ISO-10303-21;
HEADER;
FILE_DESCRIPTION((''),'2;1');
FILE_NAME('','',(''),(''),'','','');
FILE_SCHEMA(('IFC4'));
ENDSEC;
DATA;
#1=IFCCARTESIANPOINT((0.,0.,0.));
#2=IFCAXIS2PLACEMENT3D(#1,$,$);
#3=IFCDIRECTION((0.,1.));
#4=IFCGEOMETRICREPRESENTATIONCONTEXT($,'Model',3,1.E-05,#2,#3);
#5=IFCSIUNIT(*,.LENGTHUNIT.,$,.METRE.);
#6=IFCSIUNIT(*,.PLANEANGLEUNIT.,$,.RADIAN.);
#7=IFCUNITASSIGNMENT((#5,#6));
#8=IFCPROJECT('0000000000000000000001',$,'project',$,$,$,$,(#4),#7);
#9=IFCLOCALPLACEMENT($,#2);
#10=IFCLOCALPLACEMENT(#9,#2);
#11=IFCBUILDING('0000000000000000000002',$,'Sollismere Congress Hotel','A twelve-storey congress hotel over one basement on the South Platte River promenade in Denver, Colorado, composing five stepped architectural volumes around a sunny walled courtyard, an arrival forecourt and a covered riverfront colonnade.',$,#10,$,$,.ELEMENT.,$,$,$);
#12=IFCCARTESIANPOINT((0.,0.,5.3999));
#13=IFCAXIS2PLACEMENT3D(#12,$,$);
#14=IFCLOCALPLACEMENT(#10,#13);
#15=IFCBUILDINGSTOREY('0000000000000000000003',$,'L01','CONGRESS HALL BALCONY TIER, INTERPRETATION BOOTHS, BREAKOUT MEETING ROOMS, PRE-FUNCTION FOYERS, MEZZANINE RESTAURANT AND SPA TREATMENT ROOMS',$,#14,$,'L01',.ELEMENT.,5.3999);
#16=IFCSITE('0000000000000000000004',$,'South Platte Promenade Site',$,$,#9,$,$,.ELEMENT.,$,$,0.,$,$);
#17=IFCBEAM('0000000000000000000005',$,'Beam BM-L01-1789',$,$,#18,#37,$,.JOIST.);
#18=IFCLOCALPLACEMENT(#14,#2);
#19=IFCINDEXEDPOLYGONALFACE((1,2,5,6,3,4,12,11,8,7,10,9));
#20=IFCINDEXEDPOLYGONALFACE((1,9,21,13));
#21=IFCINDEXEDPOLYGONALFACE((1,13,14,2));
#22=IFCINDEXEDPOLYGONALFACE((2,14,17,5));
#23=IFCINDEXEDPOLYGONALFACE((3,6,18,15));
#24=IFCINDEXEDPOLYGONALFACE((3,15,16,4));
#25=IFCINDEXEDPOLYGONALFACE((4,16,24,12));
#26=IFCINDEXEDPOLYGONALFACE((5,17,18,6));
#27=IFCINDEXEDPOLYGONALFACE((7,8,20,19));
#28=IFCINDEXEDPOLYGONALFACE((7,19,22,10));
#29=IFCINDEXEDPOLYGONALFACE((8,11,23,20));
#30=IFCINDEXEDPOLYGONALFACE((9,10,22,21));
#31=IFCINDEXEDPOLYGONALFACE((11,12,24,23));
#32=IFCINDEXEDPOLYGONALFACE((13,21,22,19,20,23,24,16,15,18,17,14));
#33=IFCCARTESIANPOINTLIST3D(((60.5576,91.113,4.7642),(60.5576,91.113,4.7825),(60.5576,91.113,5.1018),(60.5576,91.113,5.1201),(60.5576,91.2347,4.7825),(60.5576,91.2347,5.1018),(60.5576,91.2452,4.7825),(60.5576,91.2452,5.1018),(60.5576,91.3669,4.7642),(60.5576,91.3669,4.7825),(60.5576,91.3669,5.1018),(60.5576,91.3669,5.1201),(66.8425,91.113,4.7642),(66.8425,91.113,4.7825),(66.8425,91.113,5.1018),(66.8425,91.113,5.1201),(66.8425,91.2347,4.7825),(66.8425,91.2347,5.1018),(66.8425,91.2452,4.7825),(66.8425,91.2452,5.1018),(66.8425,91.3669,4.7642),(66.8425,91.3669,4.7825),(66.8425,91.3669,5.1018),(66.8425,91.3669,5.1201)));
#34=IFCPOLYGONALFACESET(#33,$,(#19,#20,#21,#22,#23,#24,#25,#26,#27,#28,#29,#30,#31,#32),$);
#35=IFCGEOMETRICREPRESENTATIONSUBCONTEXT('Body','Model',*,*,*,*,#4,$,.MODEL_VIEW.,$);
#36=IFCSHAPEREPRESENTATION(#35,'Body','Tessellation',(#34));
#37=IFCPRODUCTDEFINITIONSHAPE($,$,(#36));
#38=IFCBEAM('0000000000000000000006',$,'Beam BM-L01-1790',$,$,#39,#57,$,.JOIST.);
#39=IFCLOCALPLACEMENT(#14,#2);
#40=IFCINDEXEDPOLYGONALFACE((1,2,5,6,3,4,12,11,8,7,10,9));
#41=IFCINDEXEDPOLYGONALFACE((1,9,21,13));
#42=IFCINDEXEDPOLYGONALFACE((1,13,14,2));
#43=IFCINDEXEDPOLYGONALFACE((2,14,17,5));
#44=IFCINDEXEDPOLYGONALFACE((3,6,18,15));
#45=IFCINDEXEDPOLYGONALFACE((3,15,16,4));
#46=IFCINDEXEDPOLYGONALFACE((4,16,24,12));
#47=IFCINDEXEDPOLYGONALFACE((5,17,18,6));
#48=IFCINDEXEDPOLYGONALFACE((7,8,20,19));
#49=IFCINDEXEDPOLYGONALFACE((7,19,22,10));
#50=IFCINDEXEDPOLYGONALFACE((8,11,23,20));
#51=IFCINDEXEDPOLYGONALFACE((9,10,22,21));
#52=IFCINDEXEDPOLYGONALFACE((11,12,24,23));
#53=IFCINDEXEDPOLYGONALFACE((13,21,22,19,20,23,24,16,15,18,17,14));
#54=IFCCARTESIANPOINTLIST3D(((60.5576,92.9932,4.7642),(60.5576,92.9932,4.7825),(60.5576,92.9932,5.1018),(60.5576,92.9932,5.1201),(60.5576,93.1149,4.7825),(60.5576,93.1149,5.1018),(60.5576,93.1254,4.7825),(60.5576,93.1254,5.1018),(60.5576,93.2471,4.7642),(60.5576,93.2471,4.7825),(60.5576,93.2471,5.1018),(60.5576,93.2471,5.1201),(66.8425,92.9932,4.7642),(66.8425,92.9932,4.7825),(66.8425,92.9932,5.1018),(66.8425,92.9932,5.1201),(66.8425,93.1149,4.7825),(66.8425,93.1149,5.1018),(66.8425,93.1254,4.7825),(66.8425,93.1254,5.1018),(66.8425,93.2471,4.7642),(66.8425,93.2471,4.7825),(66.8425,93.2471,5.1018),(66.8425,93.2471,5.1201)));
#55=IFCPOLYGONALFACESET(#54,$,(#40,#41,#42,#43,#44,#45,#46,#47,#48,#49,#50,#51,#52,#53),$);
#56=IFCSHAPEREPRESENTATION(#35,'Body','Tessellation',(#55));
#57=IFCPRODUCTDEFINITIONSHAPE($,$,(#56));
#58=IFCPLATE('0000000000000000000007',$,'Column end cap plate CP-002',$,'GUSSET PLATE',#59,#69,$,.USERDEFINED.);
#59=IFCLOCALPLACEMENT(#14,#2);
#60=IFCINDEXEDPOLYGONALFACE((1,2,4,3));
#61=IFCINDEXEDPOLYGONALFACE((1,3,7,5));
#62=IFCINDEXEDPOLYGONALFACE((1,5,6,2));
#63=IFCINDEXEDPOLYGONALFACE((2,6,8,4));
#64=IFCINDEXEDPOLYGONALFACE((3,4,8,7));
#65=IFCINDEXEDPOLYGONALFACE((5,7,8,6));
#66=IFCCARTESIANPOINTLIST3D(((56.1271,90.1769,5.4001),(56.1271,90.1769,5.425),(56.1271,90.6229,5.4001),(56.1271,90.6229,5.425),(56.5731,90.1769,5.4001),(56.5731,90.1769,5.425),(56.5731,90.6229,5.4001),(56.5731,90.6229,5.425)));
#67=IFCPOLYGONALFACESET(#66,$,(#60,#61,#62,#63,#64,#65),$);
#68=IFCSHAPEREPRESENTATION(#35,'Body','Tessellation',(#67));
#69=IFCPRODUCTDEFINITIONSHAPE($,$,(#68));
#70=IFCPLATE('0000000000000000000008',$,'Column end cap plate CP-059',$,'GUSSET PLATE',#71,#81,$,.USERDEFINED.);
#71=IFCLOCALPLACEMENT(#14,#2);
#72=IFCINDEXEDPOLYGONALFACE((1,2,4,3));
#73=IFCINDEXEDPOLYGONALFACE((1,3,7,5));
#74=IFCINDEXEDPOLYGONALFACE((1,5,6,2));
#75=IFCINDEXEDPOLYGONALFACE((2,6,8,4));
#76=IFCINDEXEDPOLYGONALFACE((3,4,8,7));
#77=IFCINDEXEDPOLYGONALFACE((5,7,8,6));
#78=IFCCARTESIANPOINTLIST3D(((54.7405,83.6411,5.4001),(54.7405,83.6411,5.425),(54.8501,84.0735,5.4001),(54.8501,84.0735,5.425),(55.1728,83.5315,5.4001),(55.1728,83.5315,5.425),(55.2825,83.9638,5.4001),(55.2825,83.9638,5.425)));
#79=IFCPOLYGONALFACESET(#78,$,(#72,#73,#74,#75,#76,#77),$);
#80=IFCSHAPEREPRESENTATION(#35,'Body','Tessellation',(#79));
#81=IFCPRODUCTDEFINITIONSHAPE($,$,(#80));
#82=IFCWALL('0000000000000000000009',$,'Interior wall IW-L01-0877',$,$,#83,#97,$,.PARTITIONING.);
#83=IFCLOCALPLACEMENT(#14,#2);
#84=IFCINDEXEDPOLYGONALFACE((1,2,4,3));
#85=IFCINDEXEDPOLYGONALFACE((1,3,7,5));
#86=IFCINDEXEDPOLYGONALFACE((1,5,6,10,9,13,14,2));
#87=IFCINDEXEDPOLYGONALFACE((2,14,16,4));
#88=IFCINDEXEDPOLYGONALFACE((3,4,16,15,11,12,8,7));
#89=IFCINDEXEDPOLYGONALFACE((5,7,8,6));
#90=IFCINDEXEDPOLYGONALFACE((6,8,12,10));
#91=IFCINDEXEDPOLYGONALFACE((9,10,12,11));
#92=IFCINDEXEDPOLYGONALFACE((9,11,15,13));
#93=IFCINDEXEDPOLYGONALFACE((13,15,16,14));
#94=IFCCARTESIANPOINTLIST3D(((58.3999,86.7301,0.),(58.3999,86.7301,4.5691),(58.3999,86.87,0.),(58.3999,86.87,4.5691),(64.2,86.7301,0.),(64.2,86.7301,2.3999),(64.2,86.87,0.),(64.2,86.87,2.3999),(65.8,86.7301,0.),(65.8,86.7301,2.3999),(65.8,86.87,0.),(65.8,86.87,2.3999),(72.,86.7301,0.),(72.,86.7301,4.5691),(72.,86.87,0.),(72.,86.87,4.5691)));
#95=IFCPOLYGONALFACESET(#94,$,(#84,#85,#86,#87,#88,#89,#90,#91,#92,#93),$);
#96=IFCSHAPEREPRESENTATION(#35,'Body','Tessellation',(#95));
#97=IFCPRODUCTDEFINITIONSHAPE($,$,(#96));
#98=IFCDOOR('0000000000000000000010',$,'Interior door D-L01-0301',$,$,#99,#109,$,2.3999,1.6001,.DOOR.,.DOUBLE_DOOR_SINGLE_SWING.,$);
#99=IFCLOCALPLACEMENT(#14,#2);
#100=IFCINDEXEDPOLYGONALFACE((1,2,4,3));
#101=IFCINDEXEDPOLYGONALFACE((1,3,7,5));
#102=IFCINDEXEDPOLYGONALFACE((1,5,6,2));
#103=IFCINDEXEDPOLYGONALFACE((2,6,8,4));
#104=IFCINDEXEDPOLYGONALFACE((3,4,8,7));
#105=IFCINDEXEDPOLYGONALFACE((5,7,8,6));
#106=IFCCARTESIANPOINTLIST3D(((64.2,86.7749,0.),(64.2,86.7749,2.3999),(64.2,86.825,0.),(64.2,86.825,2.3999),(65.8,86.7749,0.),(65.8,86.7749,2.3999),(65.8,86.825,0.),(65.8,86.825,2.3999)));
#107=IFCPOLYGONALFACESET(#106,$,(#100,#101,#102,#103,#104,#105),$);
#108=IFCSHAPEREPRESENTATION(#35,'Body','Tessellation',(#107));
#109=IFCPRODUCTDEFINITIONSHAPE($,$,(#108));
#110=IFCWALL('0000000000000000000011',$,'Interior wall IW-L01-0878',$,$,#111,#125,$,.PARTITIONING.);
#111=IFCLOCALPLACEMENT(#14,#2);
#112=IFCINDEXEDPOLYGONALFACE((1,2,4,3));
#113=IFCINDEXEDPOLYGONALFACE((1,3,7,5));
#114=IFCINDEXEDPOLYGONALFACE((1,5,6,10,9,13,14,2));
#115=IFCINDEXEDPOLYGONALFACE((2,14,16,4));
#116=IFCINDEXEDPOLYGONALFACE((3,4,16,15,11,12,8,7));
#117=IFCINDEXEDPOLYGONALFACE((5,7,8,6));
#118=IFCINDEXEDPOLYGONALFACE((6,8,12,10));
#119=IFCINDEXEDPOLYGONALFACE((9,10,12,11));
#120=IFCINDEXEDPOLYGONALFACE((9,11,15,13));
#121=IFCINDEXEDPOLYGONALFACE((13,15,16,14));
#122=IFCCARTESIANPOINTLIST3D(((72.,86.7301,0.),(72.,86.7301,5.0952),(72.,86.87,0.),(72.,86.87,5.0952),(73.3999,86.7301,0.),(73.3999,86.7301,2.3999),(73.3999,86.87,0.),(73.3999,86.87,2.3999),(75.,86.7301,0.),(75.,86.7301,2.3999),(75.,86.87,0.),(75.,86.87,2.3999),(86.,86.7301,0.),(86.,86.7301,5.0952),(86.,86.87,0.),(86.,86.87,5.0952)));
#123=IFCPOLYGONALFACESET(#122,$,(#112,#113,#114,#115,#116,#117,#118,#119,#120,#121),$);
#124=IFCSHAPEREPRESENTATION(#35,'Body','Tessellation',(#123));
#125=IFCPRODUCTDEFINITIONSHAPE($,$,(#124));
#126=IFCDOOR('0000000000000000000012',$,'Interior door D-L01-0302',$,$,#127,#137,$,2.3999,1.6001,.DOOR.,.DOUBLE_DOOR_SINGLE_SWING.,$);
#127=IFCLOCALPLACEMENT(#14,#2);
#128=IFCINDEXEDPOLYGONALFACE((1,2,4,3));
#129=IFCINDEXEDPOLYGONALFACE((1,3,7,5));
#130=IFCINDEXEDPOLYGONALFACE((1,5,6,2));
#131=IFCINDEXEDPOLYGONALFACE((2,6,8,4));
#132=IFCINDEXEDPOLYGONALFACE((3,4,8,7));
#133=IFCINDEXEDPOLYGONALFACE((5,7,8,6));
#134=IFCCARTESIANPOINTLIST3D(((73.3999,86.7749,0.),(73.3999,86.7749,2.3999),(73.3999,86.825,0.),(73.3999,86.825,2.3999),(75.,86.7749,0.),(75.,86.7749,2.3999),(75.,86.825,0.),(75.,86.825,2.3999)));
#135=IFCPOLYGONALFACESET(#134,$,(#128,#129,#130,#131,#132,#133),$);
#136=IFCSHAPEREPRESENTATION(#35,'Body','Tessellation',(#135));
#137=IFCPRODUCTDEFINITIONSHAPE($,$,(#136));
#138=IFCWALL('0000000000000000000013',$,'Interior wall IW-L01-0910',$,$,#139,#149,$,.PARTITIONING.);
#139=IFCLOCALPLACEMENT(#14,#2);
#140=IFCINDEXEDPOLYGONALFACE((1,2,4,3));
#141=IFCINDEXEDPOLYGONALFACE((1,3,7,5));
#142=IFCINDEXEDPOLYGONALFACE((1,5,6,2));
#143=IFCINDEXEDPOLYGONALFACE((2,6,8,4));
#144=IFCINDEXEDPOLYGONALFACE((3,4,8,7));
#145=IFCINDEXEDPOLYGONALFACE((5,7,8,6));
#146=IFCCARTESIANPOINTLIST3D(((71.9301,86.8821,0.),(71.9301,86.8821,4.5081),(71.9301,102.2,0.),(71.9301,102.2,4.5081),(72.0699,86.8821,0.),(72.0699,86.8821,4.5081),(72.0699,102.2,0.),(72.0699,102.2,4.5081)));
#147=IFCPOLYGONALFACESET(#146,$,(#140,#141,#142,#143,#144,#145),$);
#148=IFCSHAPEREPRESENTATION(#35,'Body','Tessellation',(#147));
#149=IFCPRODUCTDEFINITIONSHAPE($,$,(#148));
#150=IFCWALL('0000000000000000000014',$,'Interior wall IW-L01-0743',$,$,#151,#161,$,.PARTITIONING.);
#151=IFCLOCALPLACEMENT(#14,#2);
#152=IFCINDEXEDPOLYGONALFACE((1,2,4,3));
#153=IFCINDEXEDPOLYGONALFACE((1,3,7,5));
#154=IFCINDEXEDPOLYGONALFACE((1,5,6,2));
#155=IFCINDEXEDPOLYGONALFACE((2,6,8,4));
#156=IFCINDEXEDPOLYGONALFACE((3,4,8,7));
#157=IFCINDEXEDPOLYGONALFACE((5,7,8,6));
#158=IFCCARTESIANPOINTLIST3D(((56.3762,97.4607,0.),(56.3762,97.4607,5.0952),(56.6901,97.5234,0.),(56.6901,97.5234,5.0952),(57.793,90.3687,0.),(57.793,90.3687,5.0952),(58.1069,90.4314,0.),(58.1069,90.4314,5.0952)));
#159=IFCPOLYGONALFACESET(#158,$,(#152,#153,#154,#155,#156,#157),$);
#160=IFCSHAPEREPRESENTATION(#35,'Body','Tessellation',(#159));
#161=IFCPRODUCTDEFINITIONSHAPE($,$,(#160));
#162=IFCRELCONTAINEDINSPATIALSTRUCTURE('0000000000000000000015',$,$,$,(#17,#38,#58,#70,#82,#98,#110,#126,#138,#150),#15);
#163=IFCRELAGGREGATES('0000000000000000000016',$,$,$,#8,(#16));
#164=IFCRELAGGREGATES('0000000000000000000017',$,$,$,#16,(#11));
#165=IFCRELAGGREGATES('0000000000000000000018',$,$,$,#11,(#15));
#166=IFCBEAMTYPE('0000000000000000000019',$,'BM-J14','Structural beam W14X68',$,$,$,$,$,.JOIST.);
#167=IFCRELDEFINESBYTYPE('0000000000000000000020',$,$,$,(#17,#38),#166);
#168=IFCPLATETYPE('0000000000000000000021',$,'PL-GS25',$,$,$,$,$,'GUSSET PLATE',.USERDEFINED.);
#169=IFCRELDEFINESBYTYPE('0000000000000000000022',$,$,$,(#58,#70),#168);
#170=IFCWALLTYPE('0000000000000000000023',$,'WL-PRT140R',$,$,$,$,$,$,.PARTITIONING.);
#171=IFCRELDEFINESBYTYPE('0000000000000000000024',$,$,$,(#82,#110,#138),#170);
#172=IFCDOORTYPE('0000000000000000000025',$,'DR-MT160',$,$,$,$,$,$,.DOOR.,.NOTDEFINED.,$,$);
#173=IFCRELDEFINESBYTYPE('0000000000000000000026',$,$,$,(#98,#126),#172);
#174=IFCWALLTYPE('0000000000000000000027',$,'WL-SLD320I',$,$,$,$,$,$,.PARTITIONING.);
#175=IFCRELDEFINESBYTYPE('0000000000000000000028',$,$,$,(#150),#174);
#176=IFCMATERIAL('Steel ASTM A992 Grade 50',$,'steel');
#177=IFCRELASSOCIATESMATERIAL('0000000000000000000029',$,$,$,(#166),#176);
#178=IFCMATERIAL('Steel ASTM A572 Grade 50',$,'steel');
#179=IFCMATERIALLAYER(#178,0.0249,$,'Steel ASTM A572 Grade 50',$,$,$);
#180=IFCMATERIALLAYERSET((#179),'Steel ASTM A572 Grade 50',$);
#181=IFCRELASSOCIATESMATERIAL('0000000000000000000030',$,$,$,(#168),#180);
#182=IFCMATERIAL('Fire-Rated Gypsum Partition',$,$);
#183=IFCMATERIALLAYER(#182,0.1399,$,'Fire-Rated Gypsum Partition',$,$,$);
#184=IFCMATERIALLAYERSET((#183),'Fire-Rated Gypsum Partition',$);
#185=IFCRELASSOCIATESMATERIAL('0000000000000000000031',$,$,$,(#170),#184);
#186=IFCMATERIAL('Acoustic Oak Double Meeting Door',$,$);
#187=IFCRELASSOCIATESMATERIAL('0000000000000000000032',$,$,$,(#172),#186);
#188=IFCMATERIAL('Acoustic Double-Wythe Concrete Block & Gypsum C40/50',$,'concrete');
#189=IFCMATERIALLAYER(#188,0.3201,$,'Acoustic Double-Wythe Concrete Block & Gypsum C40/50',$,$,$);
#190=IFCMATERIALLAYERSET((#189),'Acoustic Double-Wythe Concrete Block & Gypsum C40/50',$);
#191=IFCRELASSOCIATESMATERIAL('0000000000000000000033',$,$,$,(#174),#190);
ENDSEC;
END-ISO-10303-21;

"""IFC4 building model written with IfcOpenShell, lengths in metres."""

from ifc_helpers import new_model, si_unit, direction, frame, frame_2d, origin, origin_2d, place, context, subcontext, project, spatial, rectangle, i_section, extrude, material, layer, layer_set, material_profile, profile_set, type_object, element, fill, save


model = new_model("IFC4")

# Units and contexts
model_context = context("Model", 3, precision=1e-05, world=origin(), true_north=direction((0.0, 1.0)))
body_context = subcontext(model_context, "Body", "Model", "MODEL_VIEW")
ifc_project = project(units=[si_unit("LENGTHUNIT", "METRE"), si_unit("PLANEANGLEUNIT", "RADIAN")], contexts=[model_context])

# Site, building, storey
site_placement = place(None, origin())
site = spatial("IfcSite", under=ifc_project, at=site_placement, Name="South Platte Promenade Site", CompositionType="ELEMENT", RefElevation=0.0)
building_placement = place(site_placement, origin())
building = spatial("IfcBuilding", under=site, at=building_placement, Name="Sollismere Congress Hotel", Description="A twelve-storey congress hotel over one basement on the South Platte River promenade in Denver, Colorado, composing five stepped architectural volumes around a sunny walled courtyard, an arrival forecourt and a covered riverfront colonnade.", CompositionType="ELEMENT")
storey_placement = place(building_placement, frame((0.0, 0.0, 5.3999)))
storey = spatial("IfcBuildingStorey", under=building, at=storey_placement, Name="L01", Description="CONGRESS HALL BALCONY TIER, INTERPRETATION BOOTHS, BREAKOUT MEETING ROOMS, PRE-FUNCTION FOYERS, MEZZANINE RESTAURANT AND SPA TREATMENT ROOMS", LongName="L01", CompositionType="ELEMENT", Elevation=5.3999)

# Shared definitions
ifc_material_1 = material(Name="Steel ASTM A992 Grade 50", Category="steel")

# Beams
ifc_material_profile_1 = material_profile(ifc_material_1, i_section(OverallWidth=0.2539, OverallDepth=0.356, WebThickness=0.0105, FlangeThickness=0.0183, at=origin_2d()), Name="W14X68")
ifc_profile_set_1 = profile_set([ifc_material_profile_1], Name="Steel ASTM A992 Grade 50")
beam_type_1 = type_object("IfcBeamType", Name="BM-J14", Description="Structural beam W14X68", PredefinedType="JOIST", material=ifc_profile_set_1)
for number, where, z_axis, x_axis, name in (
    (1, (60.5576, 91.24, 4.9421), (1.0, 0.0, 0.0), (0.0, 1.0, 0.0), "Beam BM-L01-1789"),
    (2, (60.5576, 93.1201, 4.9421), (1.0, 0.0, 0.0), (0.0, 1.0, 0.0), "Beam BM-L01-1790"),
):
    element("IfcBeam", number, at=place(storey_placement, frame(where, z_axis=z_axis, x_axis=x_axis)), inside=storey, type_object=beam_type_1, Name=name, PredefinedType="JOIST", context=body_context, shape_type="SweptSolid", body=[
        extrude(i_section(OverallWidth=0.2539, OverallDepth=0.356, WebThickness=0.0105, FlangeThickness=0.0183, at=origin_2d()), origin(), (0.0, 0.0, 1.0), 6.2849),
    ])

# Plates
ifc_material_2 = material(Name="Steel ASTM A572 Grade 50", Category="steel")
ifc_layer_1 = layer(ifc_material_2, 0.0249, Name="Steel ASTM A572 Grade 50")
ifc_layer_set_1 = layer_set([ifc_layer_1], Name="Steel ASTM A572 Grade 50")
plate_type = type_object("IfcPlateType", Name="PL-GS25", ElementType="GUSSET PLATE", PredefinedType="USERDEFINED", material=ifc_layer_set_1)
for number, where, z_axis, x_axis, name in (
    (3, (56.3501, 90.3999, 5.4001), (0.0, 0.0, 1.0), (1.0, 0.0, 0.0), "Column end cap plate CP-002"),
    (4, (55.0115, 83.8025, 5.4001), (0.0, 0.0, 1.0), (0.969317, -0.245815, 0.0), "Column end cap plate CP-059"),
):
    element("IfcPlate", number, at=place(storey_placement, frame(where, z_axis=z_axis, x_axis=x_axis)), inside=storey, type_object=plate_type, Name=name, ObjectType="GUSSET PLATE", PredefinedType="USERDEFINED", context=body_context, shape_type="SweptSolid", body=[
        extrude(rectangle(XDim=0.446, YDim=0.446, at=origin_2d()), origin(), (0.0, 0.0, 1.0), 0.0249),
    ])

# Walls, openings, doors
ifc_material_3 = material(Name="Fire-Rated Gypsum Partition")
ifc_layer_2 = layer(ifc_material_3, 0.1399, Name="Fire-Rated Gypsum Partition")
ifc_layer_set_2 = layer_set([ifc_layer_2], Name="Fire-Rated Gypsum Partition")
wall_type_1 = type_object("IfcWallType", Name="WL-PRT140R", PredefinedType="PARTITIONING", material=ifc_layer_set_2)
wall_1_placement = place(storey_placement, frame((58.3999, 86.8, 0.0), z_axis=(0.0, 0.0, 1.0), x_axis=(1.0, 0.0, 0.0)))
wall_1 = element("IfcWall", 5, at=wall_1_placement, inside=storey, type_object=wall_type_1, Name="Interior wall IW-L01-0877", PredefinedType="PARTITIONING", context=body_context, shape_type="SweptSolid", body=[
    extrude(rectangle(XDim=13.6001, YDim=0.1399, at=frame_2d((6.8, 0.0))), origin(), (0.0, 0.0, 1.0), 4.5691),
])
opening_1_placement = place(wall_1_placement, frame((5.8, 0.0, 0.0)))
opening_1 = element("IfcOpeningElement", 6, at=opening_1_placement, cuts=wall_1, PredefinedType="OPENING", context=body_context, shape_type="SweptSolid", body=[
    extrude(rectangle(XDim=1.6001, YDim=2.3999, at=frame_2d((0.8, 1.2))), frame((0.0, 0.0798, 0.0), z_axis=(0.0, -1.0, 0.0), x_axis=(1.0, 0.0, 0.0)), (0.0, 0.0, 1.0), 0.1599),
])
ifc_material_4 = material(Name="Acoustic Oak Double Meeting Door")
door_type = type_object("IfcDoorType", Name="DR-MT160", OperationType="NOTDEFINED", PredefinedType="DOOR", material=ifc_material_4)
door_1_placement = place(opening_1_placement, origin())
door_1 = element("IfcDoor", 7, at=door_1_placement, inside=storey, type_object=door_type, Name="Interior door D-L01-0301", OperationType="DOUBLE_DOOR_SINGLE_SWING", OverallHeight=2.3999, OverallWidth=1.6001, PredefinedType="DOOR", context=body_context, shape_type="SweptSolid", body=[
    extrude(rectangle(XDim=1.6001, YDim=2.3999, at=frame_2d((0.8, 1.2))), frame((0.0, 0.0249, 0.0), z_axis=(0.0, -1.0, 0.0), x_axis=(1.0, 0.0, 0.0)), (0.0, 0.0, 1.0), 0.05),
])
fill(opening_1, door_1)
wall_2_placement = place(storey_placement, frame((72.0, 86.8, 0.0), z_axis=(0.0, 0.0, 1.0), x_axis=(1.0, 0.0, 0.0)))
wall_2 = element("IfcWall", 8, at=wall_2_placement, inside=storey, type_object=wall_type_1, Name="Interior wall IW-L01-0878", PredefinedType="PARTITIONING", context=body_context, shape_type="SweptSolid", body=[
    extrude(rectangle(XDim=14.0, YDim=0.1399, at=frame_2d((7.0, 0.0))), origin(), (0.0, 0.0, 1.0), 5.0952),
])
opening_2_placement = place(wall_2_placement, frame((1.3999, 0.0, 0.0)))
opening_2 = element("IfcOpeningElement", 9, at=opening_2_placement, cuts=wall_2, PredefinedType="OPENING", context=body_context, shape_type="SweptSolid", body=[
    extrude(rectangle(XDim=1.6001, YDim=2.3999, at=frame_2d((0.8, 1.2))), frame((0.0, 0.0798, 0.0), z_axis=(0.0, -1.0, 0.0), x_axis=(1.0, 0.0, 0.0)), (0.0, 0.0, 1.0), 0.1599),
])
door_2_placement = place(opening_2_placement, origin())
door_2 = element("IfcDoor", 10, at=door_2_placement, inside=storey, type_object=door_type, Name="Interior door D-L01-0302", OperationType="DOUBLE_DOOR_SINGLE_SWING", OverallHeight=2.3999, OverallWidth=1.6001, PredefinedType="DOOR", context=body_context, shape_type="SweptSolid", body=[
    extrude(rectangle(XDim=1.6001, YDim=2.3999, at=frame_2d((0.8, 1.2))), frame((0.0, 0.0249, 0.0), z_axis=(0.0, -1.0, 0.0), x_axis=(1.0, 0.0, 0.0)), (0.0, 0.0, 1.0), 0.05),
])
fill(opening_2, door_2)

# Walls
wall_3_placement = place(storey_placement, frame((72.0, 86.8821, 0.0), z_axis=(0.0, 0.0, 1.0), x_axis=(0.0, 1.0, 0.0)))
element("IfcWall", 11, at=wall_3_placement, inside=storey, type_object=wall_type_1, Name="Interior wall IW-L01-0910", PredefinedType="PARTITIONING", context=body_context, shape_type="SweptSolid", body=[
    extrude(rectangle(XDim=15.3179, YDim=0.1399, at=frame_2d((7.6589, 0.0))), origin(), (0.0, 0.0, 1.0), 4.5081),
])
ifc_material_5 = material(Name="Acoustic Double-Wythe Concrete Block & Gypsum C40/50", Category="concrete")
ifc_layer_3 = layer(ifc_material_5, 0.3201, Name="Acoustic Double-Wythe Concrete Block & Gypsum C40/50")
ifc_layer_set_3 = layer_set([ifc_layer_3], Name="Acoustic Double-Wythe Concrete Block & Gypsum C40/50")
wall_type_2 = type_object("IfcWallType", Name="WL-SLD320I", PredefinedType="PARTITIONING", material=ifc_layer_set_3)
wall_4_placement = place(storey_placement, frame((57.95, 90.3999, 0.0), z_axis=(0.0, 0.0, 1.0), x_axis=(-0.195895, 0.980625, 0.0)))
element("IfcWall", 12, at=wall_4_placement, inside=storey, type_object=wall_type_2, Name="Interior wall IW-L01-0743", PredefinedType="PARTITIONING", context=body_context, shape_type="SweptSolid", body=[
    extrude(rectangle(XDim=7.2322, YDim=0.3201, at=frame_2d((3.6162, 0.0))), origin(), (0.0, 0.0, 1.0), 5.0952),
])

save(model, "model.ifc")
